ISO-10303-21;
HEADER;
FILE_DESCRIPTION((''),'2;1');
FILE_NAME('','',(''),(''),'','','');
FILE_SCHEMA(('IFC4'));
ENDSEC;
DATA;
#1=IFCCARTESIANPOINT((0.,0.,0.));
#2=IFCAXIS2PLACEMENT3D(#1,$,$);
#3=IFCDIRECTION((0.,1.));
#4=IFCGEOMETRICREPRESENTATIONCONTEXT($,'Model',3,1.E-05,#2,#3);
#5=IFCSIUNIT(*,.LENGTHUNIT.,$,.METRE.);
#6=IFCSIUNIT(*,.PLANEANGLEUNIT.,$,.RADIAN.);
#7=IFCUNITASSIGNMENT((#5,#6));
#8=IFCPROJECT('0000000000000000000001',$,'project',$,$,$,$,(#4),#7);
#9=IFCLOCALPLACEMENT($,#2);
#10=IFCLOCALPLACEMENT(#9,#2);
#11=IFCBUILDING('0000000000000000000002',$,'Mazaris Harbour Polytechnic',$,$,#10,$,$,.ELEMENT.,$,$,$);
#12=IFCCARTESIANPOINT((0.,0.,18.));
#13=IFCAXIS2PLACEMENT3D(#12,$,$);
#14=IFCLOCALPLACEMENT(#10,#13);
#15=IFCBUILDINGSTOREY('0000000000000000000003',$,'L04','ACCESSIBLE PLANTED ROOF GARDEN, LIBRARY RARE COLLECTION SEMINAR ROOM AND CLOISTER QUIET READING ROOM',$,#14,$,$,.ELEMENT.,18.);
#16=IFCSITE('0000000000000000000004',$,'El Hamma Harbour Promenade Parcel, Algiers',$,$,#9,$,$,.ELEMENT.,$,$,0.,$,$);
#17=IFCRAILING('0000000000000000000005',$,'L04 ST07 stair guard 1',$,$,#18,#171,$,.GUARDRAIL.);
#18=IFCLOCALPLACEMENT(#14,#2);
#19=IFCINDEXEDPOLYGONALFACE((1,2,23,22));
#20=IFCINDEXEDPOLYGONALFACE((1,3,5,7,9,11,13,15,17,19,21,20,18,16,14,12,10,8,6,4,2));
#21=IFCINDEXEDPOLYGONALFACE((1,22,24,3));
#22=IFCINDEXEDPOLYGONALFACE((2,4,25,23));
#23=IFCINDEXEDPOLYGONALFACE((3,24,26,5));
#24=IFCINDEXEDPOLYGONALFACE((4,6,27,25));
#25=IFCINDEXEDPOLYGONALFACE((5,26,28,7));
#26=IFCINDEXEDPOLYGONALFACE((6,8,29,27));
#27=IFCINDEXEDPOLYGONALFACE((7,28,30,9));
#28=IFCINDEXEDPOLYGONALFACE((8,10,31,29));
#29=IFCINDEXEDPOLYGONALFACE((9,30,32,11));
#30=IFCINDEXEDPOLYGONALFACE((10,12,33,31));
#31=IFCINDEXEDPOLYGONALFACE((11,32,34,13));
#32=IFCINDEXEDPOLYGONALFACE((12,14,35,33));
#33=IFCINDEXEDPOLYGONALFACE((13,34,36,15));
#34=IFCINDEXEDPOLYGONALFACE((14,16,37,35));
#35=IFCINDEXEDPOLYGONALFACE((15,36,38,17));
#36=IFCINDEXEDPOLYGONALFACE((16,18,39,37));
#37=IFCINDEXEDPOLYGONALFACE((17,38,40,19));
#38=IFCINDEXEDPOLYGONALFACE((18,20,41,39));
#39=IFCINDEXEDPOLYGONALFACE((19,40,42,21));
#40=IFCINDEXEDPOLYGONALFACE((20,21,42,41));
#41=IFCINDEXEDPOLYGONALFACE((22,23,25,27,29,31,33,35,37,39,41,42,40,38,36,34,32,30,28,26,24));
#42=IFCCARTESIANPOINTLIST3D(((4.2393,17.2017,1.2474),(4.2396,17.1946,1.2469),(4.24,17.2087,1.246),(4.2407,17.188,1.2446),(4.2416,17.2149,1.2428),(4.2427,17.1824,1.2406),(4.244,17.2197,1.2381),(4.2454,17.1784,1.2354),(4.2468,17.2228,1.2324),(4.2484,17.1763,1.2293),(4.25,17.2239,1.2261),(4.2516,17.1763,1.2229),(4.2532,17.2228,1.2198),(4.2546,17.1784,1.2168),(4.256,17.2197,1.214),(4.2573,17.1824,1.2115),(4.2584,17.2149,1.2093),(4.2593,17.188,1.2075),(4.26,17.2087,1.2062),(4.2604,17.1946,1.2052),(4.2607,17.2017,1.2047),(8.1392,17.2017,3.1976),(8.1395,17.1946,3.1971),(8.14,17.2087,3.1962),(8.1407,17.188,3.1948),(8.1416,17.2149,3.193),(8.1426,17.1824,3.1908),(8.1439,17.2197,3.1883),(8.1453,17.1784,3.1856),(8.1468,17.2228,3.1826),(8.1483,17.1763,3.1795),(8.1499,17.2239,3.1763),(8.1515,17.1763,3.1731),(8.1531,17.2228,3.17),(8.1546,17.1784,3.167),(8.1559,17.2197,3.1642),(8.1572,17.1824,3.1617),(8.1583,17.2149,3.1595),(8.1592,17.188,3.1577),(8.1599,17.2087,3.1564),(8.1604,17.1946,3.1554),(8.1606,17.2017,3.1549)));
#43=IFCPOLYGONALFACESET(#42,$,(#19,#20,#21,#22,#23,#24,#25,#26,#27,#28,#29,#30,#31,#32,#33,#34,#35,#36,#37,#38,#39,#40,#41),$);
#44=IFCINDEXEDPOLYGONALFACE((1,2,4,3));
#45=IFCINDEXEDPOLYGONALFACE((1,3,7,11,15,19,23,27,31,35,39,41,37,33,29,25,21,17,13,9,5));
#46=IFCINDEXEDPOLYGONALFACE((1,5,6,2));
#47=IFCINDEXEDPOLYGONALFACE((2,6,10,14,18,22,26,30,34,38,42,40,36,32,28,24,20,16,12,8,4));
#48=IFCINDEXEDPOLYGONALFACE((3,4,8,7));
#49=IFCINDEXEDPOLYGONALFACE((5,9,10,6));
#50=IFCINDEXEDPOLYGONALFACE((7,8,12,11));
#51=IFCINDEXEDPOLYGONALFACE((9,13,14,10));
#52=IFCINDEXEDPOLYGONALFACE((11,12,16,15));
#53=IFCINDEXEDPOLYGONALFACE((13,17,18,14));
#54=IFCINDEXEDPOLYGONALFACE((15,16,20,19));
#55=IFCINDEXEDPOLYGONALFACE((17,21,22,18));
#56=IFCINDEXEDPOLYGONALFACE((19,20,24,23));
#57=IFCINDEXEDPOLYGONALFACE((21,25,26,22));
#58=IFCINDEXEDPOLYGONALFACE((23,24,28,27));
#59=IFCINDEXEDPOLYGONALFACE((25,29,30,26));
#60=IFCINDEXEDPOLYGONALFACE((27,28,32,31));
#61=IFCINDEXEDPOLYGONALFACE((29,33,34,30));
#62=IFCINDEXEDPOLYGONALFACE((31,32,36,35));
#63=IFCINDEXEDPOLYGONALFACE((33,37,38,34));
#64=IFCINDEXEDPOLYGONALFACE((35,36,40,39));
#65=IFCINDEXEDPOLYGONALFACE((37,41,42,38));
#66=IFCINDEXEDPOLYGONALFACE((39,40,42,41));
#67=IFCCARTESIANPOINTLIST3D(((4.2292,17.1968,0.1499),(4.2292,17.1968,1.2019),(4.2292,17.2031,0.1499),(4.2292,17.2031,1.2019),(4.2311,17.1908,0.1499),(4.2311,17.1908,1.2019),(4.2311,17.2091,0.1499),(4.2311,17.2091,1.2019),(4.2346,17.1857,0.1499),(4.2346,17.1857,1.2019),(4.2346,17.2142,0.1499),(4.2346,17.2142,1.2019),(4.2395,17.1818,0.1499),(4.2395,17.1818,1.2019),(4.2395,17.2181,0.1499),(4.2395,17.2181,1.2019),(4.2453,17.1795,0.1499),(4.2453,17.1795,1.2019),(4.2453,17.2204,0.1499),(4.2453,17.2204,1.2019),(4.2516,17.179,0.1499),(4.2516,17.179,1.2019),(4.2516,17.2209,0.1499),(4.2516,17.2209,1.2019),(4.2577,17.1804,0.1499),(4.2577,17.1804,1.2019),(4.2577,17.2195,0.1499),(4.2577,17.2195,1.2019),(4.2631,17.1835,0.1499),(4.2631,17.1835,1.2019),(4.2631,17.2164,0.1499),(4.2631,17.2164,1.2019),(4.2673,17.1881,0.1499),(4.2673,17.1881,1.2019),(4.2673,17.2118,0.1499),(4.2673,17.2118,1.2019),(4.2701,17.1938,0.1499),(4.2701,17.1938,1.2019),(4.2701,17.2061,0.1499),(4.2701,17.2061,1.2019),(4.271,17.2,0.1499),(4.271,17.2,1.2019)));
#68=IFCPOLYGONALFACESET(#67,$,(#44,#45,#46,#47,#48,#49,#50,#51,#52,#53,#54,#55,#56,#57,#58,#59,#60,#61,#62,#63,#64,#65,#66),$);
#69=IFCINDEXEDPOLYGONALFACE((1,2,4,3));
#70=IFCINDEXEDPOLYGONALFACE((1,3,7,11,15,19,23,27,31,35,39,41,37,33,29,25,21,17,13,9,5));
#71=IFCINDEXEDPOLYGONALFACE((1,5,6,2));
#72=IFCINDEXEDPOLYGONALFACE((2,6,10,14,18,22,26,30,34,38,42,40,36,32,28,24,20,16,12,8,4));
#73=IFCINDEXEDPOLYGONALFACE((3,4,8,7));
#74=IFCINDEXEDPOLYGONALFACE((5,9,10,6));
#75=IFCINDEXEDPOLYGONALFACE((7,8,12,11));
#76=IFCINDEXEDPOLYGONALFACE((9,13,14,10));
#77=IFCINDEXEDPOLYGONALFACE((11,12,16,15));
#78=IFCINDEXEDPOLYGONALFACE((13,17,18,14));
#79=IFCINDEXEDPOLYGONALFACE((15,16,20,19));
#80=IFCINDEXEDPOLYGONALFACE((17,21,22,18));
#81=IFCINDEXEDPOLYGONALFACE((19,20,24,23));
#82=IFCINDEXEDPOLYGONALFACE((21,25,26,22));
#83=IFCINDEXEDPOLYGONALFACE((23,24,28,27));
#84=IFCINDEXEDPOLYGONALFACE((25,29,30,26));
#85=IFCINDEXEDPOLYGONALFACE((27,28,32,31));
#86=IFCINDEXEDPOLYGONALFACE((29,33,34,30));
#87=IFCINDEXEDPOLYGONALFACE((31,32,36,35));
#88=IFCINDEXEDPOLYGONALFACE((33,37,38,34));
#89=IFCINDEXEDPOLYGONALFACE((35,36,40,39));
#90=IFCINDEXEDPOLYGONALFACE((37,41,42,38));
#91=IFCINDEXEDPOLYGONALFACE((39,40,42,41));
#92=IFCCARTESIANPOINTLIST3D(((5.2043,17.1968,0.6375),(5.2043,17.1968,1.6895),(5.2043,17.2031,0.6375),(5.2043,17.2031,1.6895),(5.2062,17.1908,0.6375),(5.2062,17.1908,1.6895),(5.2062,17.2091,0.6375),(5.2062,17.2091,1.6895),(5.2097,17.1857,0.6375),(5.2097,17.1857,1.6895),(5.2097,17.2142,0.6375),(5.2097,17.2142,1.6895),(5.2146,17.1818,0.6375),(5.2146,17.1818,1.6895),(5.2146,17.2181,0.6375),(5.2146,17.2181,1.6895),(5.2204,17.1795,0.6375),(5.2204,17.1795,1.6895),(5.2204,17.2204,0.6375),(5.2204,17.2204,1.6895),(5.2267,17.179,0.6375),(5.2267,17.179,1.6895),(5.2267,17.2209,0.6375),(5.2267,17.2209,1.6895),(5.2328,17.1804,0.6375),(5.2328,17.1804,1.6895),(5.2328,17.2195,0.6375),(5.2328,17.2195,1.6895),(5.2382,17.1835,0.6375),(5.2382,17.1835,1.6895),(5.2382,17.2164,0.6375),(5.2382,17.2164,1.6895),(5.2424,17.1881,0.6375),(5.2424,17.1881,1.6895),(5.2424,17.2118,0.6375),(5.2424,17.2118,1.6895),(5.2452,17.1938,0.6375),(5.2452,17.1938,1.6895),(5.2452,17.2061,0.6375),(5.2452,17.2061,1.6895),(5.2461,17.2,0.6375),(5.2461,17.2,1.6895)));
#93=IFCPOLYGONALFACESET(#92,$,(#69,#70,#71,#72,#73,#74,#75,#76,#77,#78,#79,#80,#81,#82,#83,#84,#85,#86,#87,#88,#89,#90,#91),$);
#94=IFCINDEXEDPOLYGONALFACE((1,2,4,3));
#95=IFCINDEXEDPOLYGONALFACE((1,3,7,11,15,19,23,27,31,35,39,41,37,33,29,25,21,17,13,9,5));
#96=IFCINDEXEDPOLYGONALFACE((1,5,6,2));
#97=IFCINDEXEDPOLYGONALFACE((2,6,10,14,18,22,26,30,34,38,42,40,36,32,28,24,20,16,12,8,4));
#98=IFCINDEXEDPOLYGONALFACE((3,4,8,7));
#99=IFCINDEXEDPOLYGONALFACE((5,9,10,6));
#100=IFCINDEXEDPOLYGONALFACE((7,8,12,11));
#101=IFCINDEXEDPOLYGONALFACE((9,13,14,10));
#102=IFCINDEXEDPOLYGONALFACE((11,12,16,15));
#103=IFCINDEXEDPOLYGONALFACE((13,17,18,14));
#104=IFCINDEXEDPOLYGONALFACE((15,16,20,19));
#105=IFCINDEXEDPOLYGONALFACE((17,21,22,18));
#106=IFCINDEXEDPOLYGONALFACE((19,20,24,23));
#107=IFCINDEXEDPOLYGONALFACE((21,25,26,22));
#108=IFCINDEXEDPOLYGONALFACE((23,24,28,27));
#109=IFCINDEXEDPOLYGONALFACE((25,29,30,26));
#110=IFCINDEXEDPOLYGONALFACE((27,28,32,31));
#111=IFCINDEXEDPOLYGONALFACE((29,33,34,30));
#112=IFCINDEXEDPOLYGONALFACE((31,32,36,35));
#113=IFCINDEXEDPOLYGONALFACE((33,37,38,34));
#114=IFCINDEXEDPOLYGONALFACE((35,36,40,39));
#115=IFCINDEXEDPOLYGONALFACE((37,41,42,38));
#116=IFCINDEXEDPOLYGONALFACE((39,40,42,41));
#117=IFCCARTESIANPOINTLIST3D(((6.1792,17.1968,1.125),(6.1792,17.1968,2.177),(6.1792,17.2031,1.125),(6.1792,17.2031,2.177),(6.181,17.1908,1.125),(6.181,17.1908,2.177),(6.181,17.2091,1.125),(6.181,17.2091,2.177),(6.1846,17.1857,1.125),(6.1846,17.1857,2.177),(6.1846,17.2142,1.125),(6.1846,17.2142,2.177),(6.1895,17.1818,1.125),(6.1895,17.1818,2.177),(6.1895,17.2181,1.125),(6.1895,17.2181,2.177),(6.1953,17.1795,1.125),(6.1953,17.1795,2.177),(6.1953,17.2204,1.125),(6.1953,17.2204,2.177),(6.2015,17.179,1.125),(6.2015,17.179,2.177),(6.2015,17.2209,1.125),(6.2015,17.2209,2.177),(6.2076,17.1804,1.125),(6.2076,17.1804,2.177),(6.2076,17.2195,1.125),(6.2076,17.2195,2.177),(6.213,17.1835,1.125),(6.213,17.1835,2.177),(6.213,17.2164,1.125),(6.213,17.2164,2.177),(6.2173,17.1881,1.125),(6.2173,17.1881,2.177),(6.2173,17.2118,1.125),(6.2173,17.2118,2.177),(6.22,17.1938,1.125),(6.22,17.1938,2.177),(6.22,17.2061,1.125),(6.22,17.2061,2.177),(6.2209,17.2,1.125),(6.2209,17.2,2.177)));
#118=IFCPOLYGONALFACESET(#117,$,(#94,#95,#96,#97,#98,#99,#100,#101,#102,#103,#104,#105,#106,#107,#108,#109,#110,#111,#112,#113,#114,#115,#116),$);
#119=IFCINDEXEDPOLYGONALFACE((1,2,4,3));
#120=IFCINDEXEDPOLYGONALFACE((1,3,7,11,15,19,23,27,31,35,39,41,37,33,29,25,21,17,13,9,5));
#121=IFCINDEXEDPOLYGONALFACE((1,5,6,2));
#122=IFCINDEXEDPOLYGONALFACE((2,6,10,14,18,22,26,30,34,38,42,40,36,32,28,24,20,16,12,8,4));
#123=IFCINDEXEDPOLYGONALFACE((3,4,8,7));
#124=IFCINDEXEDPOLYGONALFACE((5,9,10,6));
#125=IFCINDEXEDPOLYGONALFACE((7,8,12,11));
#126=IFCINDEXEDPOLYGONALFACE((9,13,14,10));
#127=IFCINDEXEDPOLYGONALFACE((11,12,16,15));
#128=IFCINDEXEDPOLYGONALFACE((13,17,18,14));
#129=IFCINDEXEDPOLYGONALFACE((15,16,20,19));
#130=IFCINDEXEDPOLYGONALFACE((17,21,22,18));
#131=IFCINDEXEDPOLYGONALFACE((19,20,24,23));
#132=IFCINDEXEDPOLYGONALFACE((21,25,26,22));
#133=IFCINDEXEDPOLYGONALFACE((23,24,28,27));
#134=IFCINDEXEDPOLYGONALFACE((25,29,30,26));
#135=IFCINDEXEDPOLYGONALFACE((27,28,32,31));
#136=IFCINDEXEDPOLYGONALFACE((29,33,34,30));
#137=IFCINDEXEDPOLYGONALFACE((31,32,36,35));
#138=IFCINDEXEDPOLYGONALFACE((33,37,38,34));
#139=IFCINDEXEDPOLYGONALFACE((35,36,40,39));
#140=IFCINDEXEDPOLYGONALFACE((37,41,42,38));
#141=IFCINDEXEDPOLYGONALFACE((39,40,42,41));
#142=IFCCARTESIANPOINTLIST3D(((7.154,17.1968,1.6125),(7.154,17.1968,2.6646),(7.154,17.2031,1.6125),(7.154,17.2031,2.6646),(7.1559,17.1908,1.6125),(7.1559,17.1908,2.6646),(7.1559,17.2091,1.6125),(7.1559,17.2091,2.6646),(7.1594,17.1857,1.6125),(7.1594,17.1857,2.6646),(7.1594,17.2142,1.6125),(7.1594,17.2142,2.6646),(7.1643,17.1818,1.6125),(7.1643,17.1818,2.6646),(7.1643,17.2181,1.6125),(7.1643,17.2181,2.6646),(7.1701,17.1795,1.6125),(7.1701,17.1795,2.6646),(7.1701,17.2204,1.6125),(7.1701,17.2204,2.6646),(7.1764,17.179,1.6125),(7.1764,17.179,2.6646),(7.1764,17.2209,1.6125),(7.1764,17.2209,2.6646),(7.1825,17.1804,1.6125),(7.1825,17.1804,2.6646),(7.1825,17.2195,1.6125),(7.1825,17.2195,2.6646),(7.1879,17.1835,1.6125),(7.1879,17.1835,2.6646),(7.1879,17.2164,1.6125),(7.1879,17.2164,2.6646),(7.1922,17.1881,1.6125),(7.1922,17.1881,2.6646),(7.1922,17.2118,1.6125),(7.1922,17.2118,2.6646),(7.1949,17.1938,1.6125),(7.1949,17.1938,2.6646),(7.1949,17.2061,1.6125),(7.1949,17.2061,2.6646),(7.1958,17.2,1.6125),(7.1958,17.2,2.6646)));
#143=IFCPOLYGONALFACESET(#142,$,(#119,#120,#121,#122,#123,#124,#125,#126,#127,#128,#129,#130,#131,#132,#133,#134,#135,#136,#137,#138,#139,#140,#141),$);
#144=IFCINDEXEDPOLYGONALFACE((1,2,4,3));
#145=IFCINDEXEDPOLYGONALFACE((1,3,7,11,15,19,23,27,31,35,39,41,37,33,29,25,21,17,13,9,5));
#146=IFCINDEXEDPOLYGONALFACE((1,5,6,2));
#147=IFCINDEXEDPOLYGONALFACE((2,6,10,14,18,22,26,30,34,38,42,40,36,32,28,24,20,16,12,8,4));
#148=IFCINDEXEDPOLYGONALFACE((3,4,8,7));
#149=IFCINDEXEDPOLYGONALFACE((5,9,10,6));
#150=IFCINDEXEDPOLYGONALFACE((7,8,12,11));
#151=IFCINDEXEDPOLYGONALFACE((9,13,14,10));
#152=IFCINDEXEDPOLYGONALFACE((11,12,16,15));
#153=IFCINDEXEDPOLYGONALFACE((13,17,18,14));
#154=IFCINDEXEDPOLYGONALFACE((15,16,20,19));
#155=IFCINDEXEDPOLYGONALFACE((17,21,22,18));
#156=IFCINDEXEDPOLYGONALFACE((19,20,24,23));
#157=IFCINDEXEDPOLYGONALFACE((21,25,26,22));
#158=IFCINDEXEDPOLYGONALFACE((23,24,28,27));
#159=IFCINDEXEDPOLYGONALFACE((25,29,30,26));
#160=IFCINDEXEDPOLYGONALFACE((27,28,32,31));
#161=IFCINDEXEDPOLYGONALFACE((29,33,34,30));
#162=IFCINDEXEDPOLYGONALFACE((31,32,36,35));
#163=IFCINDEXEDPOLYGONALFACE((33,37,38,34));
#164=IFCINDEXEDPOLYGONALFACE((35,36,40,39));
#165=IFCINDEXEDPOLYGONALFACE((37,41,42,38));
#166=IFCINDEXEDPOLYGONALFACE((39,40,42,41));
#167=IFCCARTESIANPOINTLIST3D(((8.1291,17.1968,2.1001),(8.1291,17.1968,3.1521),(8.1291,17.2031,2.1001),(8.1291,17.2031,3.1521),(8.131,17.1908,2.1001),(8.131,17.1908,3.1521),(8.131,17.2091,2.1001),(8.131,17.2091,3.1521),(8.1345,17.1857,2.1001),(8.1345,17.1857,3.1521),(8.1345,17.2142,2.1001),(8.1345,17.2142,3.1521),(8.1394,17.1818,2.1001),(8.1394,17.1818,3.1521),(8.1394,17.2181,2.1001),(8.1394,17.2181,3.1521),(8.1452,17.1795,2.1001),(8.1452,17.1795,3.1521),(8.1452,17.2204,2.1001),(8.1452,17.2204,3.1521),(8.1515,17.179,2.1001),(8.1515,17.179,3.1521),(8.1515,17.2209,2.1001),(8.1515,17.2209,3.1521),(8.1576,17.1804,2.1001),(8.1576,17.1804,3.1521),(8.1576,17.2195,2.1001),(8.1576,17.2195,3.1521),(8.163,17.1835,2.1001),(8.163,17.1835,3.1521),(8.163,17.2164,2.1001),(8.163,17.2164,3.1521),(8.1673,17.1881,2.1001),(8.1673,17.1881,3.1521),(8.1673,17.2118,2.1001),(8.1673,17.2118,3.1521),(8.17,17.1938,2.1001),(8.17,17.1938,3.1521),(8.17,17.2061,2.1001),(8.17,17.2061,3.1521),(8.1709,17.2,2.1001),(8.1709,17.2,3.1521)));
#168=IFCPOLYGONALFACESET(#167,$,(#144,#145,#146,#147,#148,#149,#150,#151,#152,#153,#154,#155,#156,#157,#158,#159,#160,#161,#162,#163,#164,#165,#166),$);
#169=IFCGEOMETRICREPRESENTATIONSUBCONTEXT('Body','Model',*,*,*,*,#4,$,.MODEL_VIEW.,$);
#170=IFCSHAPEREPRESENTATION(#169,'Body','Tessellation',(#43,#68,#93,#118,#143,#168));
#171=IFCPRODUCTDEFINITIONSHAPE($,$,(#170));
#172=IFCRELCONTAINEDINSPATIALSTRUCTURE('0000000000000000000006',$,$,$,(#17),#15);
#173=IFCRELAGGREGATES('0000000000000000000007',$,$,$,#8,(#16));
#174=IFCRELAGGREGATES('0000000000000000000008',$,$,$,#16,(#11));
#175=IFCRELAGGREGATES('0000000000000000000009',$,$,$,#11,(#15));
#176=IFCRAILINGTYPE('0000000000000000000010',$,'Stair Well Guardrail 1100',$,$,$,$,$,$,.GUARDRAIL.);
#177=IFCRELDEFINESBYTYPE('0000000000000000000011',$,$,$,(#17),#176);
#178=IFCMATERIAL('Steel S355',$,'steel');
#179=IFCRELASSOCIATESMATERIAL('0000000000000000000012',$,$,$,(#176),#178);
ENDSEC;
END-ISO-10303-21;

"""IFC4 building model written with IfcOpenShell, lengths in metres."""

from ifc_helpers import new_model, si_unit, direction, frame, origin, origin_2d, place, context, subcontext, project, spatial, circle, extrude, material, type_object, element, save


model = new_model("IFC4")

# Units and contexts
model_context = context("Model", 3, precision=1e-05, world=origin(), true_north=direction((0.0, 1.0)))
body_context = subcontext(model_context, "Body", "Model", "MODEL_VIEW")
ifc_project = project(units=[si_unit("LENGTHUNIT", "METRE"), si_unit("PLANEANGLEUNIT", "RADIAN")], contexts=[model_context])

# Site, building, storey
site_placement = place(None, origin())
site = spatial("IfcSite", under=ifc_project, at=site_placement, Name="El Hamma Harbour Promenade Parcel, Algiers", CompositionType="ELEMENT", RefElevation=0.0)
building_placement = place(site_placement, origin())
building = spatial("IfcBuilding", under=site, at=building_placement, Name="Mazaris Harbour Polytechnic", CompositionType="ELEMENT")
storey_placement = place(building_placement, frame((0.0, 0.0, 18.0)))
storey = spatial("IfcBuildingStorey", under=building, at=storey_placement, Name="L04", Description="ACCESSIBLE PLANTED ROOF GARDEN, LIBRARY RARE COLLECTION SEMINAR ROOM AND CLOISTER QUIET READING ROOM", CompositionType="ELEMENT", Elevation=18.0)

# Railing
ifc_material_1 = material(Name="Steel S355", Category="steel")
railing_type_1 = type_object("IfcRailingType", Name="Stair Well Guardrail 1100", PredefinedType="GUARDRAIL", material=ifc_material_1)
railing_1_placement = place(storey_placement, frame((4.25, 17.2, 0.1499)))
element("IfcRailing", 1, at=railing_1_placement, inside=storey, type_object=railing_type_1, Name="L04 ST07 stair guard 1", PredefinedType="GUARDRAIL", context=body_context, shape_type="SweptSolid", body=[
    extrude(circle(Radius=0.0239, at=origin_2d()), frame((0.0, 0.0, 1.0762), z_axis=(0.894405, 0.0, 0.447258), x_axis=(0.0, 1.0, 0.0)), (0.0, 0.0, 1.0), 4.3604),
    extrude(circle(Radius=0.021, at=origin_2d()), origin(), (0.0, 0.0, 1.0), 1.052),
    extrude(circle(Radius=0.021, at=origin_2d()), frame((0.9751, 0.0, 0.4875)), (0.0, 0.0, 1.0), 1.052),
    extrude(circle(Radius=0.021, at=origin_2d()), frame((1.95, 0.0, 0.9751)), (0.0, 0.0, 1.0), 1.052),
    extrude(circle(Radius=0.021, at=origin_2d()), frame((2.9248, 0.0, 1.4626)), (0.0, 0.0, 1.0), 1.052),
    extrude(circle(Radius=0.021, at=origin_2d()), frame((3.8999, 0.0, 1.9502)), (0.0, 0.0, 1.0), 1.052),
])

save(model, "model.ifc")
